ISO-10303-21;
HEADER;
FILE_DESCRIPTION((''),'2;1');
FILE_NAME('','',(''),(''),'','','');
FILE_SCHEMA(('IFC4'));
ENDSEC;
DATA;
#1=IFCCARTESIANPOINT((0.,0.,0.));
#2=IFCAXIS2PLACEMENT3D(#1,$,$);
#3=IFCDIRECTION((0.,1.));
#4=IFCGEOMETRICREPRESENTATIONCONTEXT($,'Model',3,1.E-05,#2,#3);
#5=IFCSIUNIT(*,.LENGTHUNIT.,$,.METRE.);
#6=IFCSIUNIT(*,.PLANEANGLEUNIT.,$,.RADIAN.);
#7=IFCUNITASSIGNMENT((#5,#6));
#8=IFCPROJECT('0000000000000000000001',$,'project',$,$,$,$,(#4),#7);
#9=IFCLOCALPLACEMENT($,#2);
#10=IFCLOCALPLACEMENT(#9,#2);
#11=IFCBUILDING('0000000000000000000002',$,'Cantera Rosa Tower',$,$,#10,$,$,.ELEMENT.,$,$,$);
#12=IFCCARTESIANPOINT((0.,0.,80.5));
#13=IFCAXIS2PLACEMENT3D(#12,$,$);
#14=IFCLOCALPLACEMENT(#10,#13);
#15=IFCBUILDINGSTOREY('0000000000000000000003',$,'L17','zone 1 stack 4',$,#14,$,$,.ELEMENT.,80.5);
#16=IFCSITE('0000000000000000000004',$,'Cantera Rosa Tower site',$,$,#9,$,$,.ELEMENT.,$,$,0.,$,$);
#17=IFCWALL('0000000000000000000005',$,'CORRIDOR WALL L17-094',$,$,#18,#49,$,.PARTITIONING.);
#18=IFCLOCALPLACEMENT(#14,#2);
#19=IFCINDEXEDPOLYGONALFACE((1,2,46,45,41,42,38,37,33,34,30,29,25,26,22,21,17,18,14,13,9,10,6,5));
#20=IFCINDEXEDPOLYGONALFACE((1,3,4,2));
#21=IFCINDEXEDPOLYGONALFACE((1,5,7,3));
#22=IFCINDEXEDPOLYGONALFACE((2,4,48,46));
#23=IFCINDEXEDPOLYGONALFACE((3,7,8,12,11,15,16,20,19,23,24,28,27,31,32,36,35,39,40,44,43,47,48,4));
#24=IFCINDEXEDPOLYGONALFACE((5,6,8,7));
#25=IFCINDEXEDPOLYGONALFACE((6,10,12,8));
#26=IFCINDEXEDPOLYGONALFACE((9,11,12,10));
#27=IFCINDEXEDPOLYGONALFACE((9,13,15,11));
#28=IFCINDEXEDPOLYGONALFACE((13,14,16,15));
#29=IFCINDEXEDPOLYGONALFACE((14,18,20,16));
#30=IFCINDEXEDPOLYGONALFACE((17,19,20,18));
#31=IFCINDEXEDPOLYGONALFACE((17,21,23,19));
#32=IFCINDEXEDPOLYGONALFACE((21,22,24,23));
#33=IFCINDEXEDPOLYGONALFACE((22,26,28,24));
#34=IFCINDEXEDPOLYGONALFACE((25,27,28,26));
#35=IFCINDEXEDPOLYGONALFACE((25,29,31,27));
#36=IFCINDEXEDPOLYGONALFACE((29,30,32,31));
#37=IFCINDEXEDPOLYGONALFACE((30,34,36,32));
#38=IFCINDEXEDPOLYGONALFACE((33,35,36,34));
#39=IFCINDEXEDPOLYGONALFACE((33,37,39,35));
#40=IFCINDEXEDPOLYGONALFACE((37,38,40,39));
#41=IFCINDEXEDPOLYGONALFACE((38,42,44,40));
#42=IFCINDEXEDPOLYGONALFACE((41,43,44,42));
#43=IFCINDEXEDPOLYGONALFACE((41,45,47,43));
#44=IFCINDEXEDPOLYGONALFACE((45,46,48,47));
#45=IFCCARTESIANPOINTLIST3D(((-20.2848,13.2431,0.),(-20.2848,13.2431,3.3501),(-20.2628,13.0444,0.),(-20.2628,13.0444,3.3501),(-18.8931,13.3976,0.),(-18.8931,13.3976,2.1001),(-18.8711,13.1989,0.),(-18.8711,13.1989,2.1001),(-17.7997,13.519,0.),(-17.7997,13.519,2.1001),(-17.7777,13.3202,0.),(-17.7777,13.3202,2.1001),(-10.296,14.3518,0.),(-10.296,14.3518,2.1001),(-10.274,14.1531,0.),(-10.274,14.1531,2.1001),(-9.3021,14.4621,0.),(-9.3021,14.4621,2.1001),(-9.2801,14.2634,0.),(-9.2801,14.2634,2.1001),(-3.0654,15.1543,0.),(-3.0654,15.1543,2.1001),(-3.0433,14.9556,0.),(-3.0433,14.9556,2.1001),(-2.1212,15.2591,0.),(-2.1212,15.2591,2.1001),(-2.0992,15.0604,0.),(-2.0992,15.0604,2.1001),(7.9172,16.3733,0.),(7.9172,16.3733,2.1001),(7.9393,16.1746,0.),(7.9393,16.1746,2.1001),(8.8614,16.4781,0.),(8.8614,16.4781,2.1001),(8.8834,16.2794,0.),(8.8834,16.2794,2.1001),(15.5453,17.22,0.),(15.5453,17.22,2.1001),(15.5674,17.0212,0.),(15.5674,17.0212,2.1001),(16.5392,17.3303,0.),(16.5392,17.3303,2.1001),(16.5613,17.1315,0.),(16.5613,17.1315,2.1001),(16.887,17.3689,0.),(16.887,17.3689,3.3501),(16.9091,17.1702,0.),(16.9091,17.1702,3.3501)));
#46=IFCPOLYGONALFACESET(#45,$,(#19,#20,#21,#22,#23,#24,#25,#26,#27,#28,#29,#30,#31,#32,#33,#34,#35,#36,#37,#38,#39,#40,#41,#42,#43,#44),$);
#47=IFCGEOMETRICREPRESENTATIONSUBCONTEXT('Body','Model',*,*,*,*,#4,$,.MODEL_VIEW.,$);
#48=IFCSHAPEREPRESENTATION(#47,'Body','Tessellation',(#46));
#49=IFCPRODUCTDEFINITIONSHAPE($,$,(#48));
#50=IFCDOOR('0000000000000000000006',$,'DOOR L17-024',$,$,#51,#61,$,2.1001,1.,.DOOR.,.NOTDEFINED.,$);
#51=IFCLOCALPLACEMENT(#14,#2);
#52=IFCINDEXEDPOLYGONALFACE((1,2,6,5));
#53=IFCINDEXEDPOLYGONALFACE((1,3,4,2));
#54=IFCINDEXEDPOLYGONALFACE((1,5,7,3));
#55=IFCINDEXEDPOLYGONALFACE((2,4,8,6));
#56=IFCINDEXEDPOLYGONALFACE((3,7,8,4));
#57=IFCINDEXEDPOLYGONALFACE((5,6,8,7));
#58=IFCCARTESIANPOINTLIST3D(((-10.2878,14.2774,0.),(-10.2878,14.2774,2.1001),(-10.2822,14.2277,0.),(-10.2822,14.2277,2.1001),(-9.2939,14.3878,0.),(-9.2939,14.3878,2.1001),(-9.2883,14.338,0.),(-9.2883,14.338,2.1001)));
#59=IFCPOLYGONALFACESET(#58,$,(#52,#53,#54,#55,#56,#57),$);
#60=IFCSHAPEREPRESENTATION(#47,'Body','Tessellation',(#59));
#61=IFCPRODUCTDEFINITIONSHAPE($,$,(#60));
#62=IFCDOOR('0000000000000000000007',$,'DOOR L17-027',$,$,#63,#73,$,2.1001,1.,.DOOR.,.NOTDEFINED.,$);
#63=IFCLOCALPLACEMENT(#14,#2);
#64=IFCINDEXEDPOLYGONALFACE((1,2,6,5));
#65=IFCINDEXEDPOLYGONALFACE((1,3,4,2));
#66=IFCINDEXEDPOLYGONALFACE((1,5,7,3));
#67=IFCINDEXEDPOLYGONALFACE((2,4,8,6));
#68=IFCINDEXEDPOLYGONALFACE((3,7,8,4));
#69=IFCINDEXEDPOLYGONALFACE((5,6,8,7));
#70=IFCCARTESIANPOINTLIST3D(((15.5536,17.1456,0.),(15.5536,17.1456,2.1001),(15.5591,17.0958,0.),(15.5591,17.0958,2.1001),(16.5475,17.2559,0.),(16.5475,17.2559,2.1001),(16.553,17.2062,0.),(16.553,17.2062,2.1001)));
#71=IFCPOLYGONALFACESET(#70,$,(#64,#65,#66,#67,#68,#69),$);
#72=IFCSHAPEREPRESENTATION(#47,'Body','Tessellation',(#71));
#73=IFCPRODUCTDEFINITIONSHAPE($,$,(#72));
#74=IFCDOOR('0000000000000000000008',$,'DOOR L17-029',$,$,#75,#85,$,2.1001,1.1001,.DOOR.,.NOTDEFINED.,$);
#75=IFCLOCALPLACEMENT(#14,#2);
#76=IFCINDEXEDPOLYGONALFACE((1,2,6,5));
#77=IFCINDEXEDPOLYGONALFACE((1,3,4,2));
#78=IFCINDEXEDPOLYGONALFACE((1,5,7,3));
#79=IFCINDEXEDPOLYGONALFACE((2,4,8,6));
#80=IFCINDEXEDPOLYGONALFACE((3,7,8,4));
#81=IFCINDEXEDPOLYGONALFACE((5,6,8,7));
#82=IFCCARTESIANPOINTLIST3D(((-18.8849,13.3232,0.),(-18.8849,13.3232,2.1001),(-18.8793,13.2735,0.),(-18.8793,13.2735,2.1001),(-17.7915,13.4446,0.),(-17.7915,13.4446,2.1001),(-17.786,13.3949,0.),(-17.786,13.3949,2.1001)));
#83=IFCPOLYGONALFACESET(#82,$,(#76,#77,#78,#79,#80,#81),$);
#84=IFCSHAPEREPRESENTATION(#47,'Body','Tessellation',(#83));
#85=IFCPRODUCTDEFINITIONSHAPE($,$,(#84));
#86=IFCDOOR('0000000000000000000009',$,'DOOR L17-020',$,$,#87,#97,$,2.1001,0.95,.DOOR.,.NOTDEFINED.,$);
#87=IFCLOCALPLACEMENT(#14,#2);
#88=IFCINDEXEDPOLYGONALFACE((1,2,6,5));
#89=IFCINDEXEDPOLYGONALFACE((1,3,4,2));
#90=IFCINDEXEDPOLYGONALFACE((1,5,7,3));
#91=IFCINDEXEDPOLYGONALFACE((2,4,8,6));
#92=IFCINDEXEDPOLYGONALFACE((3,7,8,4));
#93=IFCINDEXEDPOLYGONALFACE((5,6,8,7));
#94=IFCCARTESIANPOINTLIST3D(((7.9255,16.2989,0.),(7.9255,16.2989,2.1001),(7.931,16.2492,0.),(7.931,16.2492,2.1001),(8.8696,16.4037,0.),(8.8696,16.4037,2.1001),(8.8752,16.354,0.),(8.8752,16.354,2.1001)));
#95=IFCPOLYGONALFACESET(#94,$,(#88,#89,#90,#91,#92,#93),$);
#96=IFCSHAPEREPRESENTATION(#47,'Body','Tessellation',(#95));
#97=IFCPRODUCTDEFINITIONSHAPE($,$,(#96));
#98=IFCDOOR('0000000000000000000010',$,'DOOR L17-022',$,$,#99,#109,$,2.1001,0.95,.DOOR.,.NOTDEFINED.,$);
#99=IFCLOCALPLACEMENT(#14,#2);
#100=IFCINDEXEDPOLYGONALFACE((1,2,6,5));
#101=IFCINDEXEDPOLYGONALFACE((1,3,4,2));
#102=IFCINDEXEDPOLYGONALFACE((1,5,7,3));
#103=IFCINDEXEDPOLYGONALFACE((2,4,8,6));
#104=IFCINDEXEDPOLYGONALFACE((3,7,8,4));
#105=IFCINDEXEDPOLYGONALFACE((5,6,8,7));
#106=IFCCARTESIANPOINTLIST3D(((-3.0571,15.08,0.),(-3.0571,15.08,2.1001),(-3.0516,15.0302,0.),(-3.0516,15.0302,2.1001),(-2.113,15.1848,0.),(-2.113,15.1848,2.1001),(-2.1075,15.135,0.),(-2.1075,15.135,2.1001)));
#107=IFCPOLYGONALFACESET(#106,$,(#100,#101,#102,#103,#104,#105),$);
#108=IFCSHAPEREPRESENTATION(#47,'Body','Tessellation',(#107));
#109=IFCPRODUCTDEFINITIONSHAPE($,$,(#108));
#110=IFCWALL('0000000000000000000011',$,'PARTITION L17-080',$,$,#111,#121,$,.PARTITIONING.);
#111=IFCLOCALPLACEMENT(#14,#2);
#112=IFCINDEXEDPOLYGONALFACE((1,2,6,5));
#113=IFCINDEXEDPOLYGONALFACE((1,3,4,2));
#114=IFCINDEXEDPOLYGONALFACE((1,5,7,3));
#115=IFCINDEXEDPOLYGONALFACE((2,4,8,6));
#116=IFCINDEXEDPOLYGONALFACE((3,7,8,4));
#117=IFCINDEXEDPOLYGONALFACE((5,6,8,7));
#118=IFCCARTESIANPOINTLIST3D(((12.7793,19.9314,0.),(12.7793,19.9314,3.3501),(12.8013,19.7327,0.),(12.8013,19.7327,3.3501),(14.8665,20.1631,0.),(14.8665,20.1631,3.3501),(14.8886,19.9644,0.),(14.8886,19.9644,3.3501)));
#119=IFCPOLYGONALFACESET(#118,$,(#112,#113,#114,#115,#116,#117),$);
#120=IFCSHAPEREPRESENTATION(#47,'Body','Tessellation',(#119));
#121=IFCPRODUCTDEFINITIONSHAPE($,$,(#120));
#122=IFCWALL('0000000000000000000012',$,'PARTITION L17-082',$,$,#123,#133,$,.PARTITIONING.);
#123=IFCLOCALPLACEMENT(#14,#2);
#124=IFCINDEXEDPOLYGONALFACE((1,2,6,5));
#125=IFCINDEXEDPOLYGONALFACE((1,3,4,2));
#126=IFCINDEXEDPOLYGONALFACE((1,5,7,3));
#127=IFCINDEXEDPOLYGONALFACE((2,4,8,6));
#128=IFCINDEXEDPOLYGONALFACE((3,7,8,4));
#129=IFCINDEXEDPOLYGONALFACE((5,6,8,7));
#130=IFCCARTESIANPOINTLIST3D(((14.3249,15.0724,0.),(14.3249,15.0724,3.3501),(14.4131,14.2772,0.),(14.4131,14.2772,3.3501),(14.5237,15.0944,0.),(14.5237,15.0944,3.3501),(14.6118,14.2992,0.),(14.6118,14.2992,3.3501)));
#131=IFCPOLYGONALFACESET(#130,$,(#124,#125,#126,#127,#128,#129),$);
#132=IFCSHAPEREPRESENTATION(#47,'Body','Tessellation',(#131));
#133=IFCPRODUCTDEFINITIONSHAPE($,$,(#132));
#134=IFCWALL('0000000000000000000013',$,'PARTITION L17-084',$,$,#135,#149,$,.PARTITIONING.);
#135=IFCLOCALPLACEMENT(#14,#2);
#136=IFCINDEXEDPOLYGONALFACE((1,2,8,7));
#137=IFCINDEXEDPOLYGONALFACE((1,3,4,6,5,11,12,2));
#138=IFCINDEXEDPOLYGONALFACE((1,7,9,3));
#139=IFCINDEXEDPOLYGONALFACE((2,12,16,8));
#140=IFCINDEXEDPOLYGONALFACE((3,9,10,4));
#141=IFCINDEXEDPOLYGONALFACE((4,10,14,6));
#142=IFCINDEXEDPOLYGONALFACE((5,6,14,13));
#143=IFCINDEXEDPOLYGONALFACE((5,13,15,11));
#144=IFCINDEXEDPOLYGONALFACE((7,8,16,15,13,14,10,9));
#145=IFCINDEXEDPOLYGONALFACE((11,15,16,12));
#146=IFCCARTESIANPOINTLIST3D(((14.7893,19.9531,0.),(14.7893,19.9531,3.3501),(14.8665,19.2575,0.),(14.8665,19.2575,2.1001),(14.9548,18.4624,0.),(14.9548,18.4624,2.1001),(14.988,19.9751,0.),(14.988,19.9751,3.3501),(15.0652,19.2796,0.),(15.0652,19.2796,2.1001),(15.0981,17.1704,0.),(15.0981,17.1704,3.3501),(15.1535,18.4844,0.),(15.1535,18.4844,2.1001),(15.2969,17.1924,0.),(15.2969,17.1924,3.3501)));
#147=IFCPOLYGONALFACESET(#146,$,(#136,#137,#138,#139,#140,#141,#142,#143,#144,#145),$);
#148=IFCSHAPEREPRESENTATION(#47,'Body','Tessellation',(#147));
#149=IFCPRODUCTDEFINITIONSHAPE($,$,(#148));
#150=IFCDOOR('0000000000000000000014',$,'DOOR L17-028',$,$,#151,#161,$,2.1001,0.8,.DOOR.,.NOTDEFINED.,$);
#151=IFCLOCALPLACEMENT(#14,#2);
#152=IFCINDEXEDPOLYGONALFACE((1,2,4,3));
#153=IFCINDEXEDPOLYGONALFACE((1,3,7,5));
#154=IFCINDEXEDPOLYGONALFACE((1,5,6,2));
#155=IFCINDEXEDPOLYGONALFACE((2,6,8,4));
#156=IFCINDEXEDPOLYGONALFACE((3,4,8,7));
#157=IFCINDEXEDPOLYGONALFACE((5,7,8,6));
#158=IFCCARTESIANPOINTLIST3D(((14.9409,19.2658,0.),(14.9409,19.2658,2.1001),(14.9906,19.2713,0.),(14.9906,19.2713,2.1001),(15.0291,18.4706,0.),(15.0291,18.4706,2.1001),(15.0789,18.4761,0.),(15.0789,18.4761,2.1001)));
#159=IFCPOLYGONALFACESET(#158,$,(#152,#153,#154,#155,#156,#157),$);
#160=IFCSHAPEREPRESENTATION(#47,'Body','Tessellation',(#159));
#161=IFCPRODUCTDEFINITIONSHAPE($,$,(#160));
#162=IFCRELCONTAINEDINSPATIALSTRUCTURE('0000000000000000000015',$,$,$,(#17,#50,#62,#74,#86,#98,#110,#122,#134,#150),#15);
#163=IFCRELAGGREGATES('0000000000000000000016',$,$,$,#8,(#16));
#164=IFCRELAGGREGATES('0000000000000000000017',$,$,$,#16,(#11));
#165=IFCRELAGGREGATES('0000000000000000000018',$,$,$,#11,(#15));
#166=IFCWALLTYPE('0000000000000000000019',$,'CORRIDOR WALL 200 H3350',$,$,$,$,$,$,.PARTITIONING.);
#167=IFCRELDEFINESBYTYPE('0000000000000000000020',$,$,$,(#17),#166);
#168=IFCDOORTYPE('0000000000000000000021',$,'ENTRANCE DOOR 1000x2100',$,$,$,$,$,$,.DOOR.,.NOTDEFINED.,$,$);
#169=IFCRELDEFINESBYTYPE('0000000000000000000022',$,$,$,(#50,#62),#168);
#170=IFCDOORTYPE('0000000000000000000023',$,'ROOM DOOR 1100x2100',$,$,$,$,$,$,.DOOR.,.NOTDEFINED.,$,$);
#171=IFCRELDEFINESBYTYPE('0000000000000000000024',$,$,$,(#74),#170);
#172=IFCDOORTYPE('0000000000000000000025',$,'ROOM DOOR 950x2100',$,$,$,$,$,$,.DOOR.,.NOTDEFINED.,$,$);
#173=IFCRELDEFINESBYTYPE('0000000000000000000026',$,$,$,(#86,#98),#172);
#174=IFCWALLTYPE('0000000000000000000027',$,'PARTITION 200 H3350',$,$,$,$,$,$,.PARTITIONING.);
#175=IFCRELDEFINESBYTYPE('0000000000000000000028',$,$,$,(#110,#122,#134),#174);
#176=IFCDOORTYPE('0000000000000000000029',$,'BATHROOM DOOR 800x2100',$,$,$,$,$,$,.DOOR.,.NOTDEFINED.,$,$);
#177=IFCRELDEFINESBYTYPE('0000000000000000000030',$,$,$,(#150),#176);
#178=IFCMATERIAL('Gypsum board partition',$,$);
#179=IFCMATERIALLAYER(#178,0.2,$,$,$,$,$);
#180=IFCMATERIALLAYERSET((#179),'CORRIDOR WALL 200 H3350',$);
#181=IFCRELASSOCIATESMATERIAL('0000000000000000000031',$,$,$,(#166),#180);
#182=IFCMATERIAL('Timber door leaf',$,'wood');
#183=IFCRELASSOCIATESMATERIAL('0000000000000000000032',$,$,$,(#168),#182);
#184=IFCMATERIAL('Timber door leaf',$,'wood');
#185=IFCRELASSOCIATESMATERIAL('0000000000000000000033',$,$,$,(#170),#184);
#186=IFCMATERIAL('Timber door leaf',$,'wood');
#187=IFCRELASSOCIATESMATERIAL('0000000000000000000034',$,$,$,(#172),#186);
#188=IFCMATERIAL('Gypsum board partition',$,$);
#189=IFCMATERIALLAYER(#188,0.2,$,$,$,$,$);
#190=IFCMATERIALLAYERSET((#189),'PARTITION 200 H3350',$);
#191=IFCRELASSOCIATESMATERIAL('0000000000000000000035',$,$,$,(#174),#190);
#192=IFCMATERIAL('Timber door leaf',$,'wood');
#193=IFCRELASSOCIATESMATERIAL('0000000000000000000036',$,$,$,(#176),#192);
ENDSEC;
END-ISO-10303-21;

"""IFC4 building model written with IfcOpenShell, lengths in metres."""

from ifc_helpers import new_model, si_unit, direction, frame, frame_2d, origin, place, context, subcontext, project, spatial, rectangle, extrude, material, layer, layer_set, type_object, element, fill, save


model = new_model("IFC4")

# Units and contexts
model_context = context("Model", 3, precision=1e-05, world=origin(), true_north=direction((0.0, 1.0)))
body_context = subcontext(model_context, "Body", "Model", "MODEL_VIEW")
ifc_project = project(units=[si_unit("LENGTHUNIT", "METRE"), si_unit("PLANEANGLEUNIT", "RADIAN")], contexts=[model_context])

# Site, building, storey
site_placement = place(None, origin())
site = spatial("IfcSite", under=ifc_project, at=site_placement, Name="Cantera Rosa Tower site", CompositionType="ELEMENT", RefElevation=0.0)
building_placement = place(site_placement, origin())
building = spatial("IfcBuilding", under=site, at=building_placement, Name="Cantera Rosa Tower", CompositionType="ELEMENT")
storey_placement = place(building_placement, frame((0.0, 0.0, 80.5)))
storey = spatial("IfcBuildingStorey", under=building, at=storey_placement, Name="L17", Description="zone 1 stack 4", CompositionType="ELEMENT", Elevation=80.5)

# Wall, openings, doors
ifc_material_1 = material(Name="Gypsum board partition")
ifc_layer_1 = layer(ifc_material_1, 0.2)
ifc_layer_set_1 = layer_set([ifc_layer_1], Name="CORRIDOR WALL 200 H3350")
wall_type_1 = type_object("IfcWallType", Name="CORRIDOR WALL 200 H3350", PredefinedType="PARTITIONING", material=ifc_layer_set_1)
wall_1_placement = place(storey_placement, frame((16.8982, 17.2695, 0.0), z_axis=(0.0, 0.0, 1.0), x_axis=(-0.993897, -0.110313, 0.0)))
wall_1 = element("IfcWall", 1, at=wall_1_placement, inside=storey, type_object=wall_type_1, Name="CORRIDOR WALL L17-094", PredefinedType="PARTITIONING", context=body_context, shape_type="SweptSolid", body=[
    extrude(rectangle(XDim=37.4001, YDim=0.2, at=frame_2d((18.7002, 0.0))), origin(), (0.0, 0.0, 1.0), 3.3501),
])
opening_1_placement = place(wall_1_placement, frame((8.075, 0.0, 0.0)))
opening_1 = element("IfcOpeningElement", 2, at=opening_1_placement, cuts=wall_1, PredefinedType="OPENING", context=body_context, shape_type="SweptSolid", body=[
    extrude(rectangle(XDim=0.95, YDim=2.1001, at=frame_2d((0.4751, 1.05))), frame((0.0, 0.1099, 0.0), z_axis=(0.0, -1.0, 0.0), x_axis=(1.0, 0.0, 0.0)), (0.0, 0.0, 1.0), 0.22),
])
opening_2_placement = place(wall_1_placement, frame((19.125, 0.0, 0.0)))
opening_2 = element("IfcOpeningElement", 3, at=opening_2_placement, cuts=wall_1, PredefinedType="OPENING", context=body_context, shape_type="SweptSolid", body=[
    extrude(rectangle(XDim=0.95, YDim=2.1001, at=frame_2d((0.4751, 1.05))), frame((0.0, 0.1099, 0.0), z_axis=(0.0, -1.0, 0.0), x_axis=(1.0, 0.0, 0.0)), (0.0, 0.0, 1.0), 0.22),
])
opening_3_placement = place(wall_1_placement, frame((26.3501, 0.0, 0.0)))
opening_3 = element("IfcOpeningElement", 4, at=opening_3_placement, cuts=wall_1, PredefinedType="OPENING", context=body_context, shape_type="SweptSolid", body=[
    extrude(rectangle(XDim=1.0, YDim=2.1001, at=frame_2d((0.5, 1.05))), frame((0.0, 0.1099, 0.0), z_axis=(0.0, -1.0, 0.0), x_axis=(1.0, 0.0, 0.0)), (0.0, 0.0, 1.0), 0.22),
])
opening_4_placement = place(wall_1_placement, frame((0.3501, 0.0, 0.0)))
opening_4 = element("IfcOpeningElement", 5, at=opening_4_placement, cuts=wall_1, PredefinedType="OPENING", context=body_context, shape_type="SweptSolid", body=[
    extrude(rectangle(XDim=1.0, YDim=2.1001, at=frame_2d((0.5, 1.05))), frame((0.0, 0.1099, 0.0), z_axis=(0.0, -1.0, 0.0), x_axis=(1.0, 0.0, 0.0)), (0.0, 0.0, 1.0), 0.22),
])
opening_5_placement = place(wall_1_placement, frame((34.8999, 0.0, 0.0)))
opening_5 = element("IfcOpeningElement", 6, at=opening_5_placement, cuts=wall_1, PredefinedType="OPENING", context=body_context, shape_type="SweptSolid", body=[
    extrude(rectangle(XDim=1.1001, YDim=2.1001, at=frame_2d((0.55, 1.05))), frame((0.0, 0.1099, 0.0), z_axis=(0.0, -1.0, 0.0), x_axis=(1.0, 0.0, 0.0)), (0.0, 0.0, 1.0), 0.22),
])
ifc_material_2 = material(Name="Timber door leaf", Category="wood")
door_type_1 = type_object("IfcDoorType", Name="ENTRANCE DOOR 1000x2100", OperationType="NOTDEFINED", PredefinedType="DOOR", material=ifc_material_2)
door_1_placement = place(opening_3_placement, origin())
door_1 = element("IfcDoor", 7, at=door_1_placement, inside=storey, type_object=door_type_1, Name="DOOR L17-024", OperationType="NOTDEFINED", OverallHeight=2.1001, OverallWidth=1.0, PredefinedType="DOOR", context=body_context, shape_type="SweptSolid", body=[
    extrude(rectangle(XDim=1.0, YDim=2.1001, at=frame_2d((0.5, 1.05))), frame((0.0, 0.0249, 0.0), z_axis=(0.0, -1.0, 0.0), x_axis=(1.0, 0.0, 0.0)), (0.0, 0.0, 1.0), 0.05),
])
fill(opening_3, door_1)
door_2_placement = place(opening_4_placement, origin())
door_2 = element("IfcDoor", 8, at=door_2_placement, inside=storey, type_object=door_type_1, Name="DOOR L17-027", OperationType="NOTDEFINED", OverallHeight=2.1001, OverallWidth=1.0, PredefinedType="DOOR", context=body_context, shape_type="SweptSolid", body=[
    extrude(rectangle(XDim=1.0, YDim=2.1001, at=frame_2d((0.5, 1.05))), frame((0.0, 0.0249, 0.0), z_axis=(0.0, -1.0, 0.0), x_axis=(1.0, 0.0, 0.0)), (0.0, 0.0, 1.0), 0.05),
])
fill(opening_4, door_2)
ifc_material_3 = material(Name="Timber door leaf", Category="wood")
door_type_2 = type_object("IfcDoorType", Name="ROOM DOOR 1100x2100", OperationType="NOTDEFINED", PredefinedType="DOOR", material=ifc_material_3)
door_3_placement = place(opening_5_placement, origin())
door_3 = element("IfcDoor", 9, at=door_3_placement, inside=storey, type_object=door_type_2, Name="DOOR L17-029", OperationType="NOTDEFINED", OverallHeight=2.1001, OverallWidth=1.1001, PredefinedType="DOOR", context=body_context, shape_type="SweptSolid", body=[
    extrude(rectangle(XDim=1.1001, YDim=2.1001, at=frame_2d((0.55, 1.05))), frame((0.0, 0.0249, 0.0), z_axis=(0.0, -1.0, 0.0), x_axis=(1.0, 0.0, 0.0)), (0.0, 0.0, 1.0), 0.05),
])
fill(opening_5, door_3)
ifc_material_4 = material(Name="Timber door leaf", Category="wood")
door_type_3 = type_object("IfcDoorType", Name="ROOM DOOR 950x2100", OperationType="NOTDEFINED", PredefinedType="DOOR", material=ifc_material_4)
door_4_placement = place(opening_1_placement, origin())
door_4 = element("IfcDoor", 10, at=door_4_placement, inside=storey, type_object=door_type_3, Name="DOOR L17-020", OperationType="NOTDEFINED", OverallHeight=2.1001, OverallWidth=0.95, PredefinedType="DOOR", context=body_context, shape_type="SweptSolid", body=[
    extrude(rectangle(XDim=0.95, YDim=2.1001, at=frame_2d((0.4751, 1.05))), frame((0.0, 0.0249, 0.0), z_axis=(0.0, -1.0, 0.0), x_axis=(1.0, 0.0, 0.0)), (0.0, 0.0, 1.0), 0.05),
])
fill(opening_1, door_4)
door_5_placement = place(opening_2_placement, origin())
door_5 = element("IfcDoor", 11, at=door_5_placement, inside=storey, type_object=door_type_3, Name="DOOR L17-022", OperationType="NOTDEFINED", OverallHeight=2.1001, OverallWidth=0.95, PredefinedType="DOOR", context=body_context, shape_type="SweptSolid", body=[
    extrude(rectangle(XDim=0.95, YDim=2.1001, at=frame_2d((0.4751, 1.05))), frame((0.0, 0.0249, 0.0), z_axis=(0.0, -1.0, 0.0), x_axis=(1.0, 0.0, 0.0)), (0.0, 0.0, 1.0), 0.05),
])
fill(opening_2, door_5)

# Walls
ifc_material_5 = material(Name="Gypsum board partition")
ifc_layer_2 = layer(ifc_material_5, 0.2)
ifc_layer_set_2 = layer_set([ifc_layer_2], Name="PARTITION 200 H3350")
wall_type_2 = type_object("IfcWallType", Name="PARTITION 200 H3350", PredefinedType="PARTITIONING", material=ifc_layer_set_2)
wall_2_placement = place(storey_placement, frame((12.7903, 19.832, 0.0), z_axis=(0.0, 0.0, 1.0), x_axis=(0.993895, 0.110329, 0.0)))
element("IfcWall", 12, at=wall_2_placement, inside=storey, type_object=wall_type_2, Name="PARTITION L17-080", PredefinedType="PARTITIONING", context=body_context, shape_type="SweptSolid", body=[
    extrude(rectangle(XDim=2.1001, YDim=0.2, at=frame_2d((1.05, 0.0))), origin(), (0.0, 0.0, 1.0), 3.3501),
])
wall_3_placement = place(storey_placement, frame((14.4243, 15.0833, 0.0), z_axis=(0.0, 0.0, 1.0), x_axis=(0.110164, -0.993913, 0.0)))
element("IfcWall", 13, at=wall_3_placement, inside=storey, type_object=wall_type_2, Name="PARTITION L17-082", PredefinedType="PARTITIONING", context=body_context, shape_type="SweptSolid", body=[
    extrude(rectangle(XDim=0.8, YDim=0.2, at=frame_2d((0.3999, 0.0))), origin(), (0.0, 0.0, 1.0), 3.3501),
])

# Wall, opening, door
wall_4_placement = place(storey_placement, frame((14.8887, 19.9641, 0.0), z_axis=(0.0, 0.0, 1.0), x_axis=(0.110307, -0.993898, 0.0)))
wall_4 = element("IfcWall", 14, at=wall_4_placement, inside=storey, type_object=wall_type_2, Name="PARTITION L17-084", PredefinedType="PARTITIONING", context=body_context, shape_type="SweptSolid", body=[
    extrude(rectangle(XDim=2.7998, YDim=0.2, at=frame_2d((1.3999, 0.0))), origin(), (0.0, 0.0, 1.0), 3.3501),
])
opening_6_placement = place(wall_4_placement, frame((0.7, 0.0, 0.0)))
opening_6 = element("IfcOpeningElement", 15, at=opening_6_placement, cuts=wall_4, PredefinedType="OPENING", context=body_context, shape_type="SweptSolid", body=[
    extrude(rectangle(XDim=0.8, YDim=2.1001, at=frame_2d((0.3999, 1.05))), frame((0.0, 0.1099, 0.0), z_axis=(0.0, -1.0, 0.0), x_axis=(1.0, 0.0, 0.0)), (0.0, 0.0, 1.0), 0.22),
])
ifc_material_6 = material(Name="Timber door leaf", Category="wood")
door_type_4 = type_object("IfcDoorType", Name="BATHROOM DOOR 800x2100", OperationType="NOTDEFINED", PredefinedType="DOOR", material=ifc_material_6)
door_6_placement = place(opening_6_placement, origin())
door_6 = element("IfcDoor", 16, at=door_6_placement, inside=storey, type_object=door_type_4, Name="DOOR L17-028", OperationType="NOTDEFINED", OverallHeight=2.1001, OverallWidth=0.8, PredefinedType="DOOR", context=body_context, shape_type="SweptSolid", body=[
    extrude(rectangle(XDim=0.8, YDim=2.1001, at=frame_2d((0.3999, 1.05))), frame((0.0, 0.0249, 0.0), z_axis=(0.0, -1.0, 0.0), x_axis=(1.0, 0.0, 0.0)), (0.0, 0.0, 1.0), 0.05),
])
fill(opening_6, door_6)

save(model, "model.ifc")
